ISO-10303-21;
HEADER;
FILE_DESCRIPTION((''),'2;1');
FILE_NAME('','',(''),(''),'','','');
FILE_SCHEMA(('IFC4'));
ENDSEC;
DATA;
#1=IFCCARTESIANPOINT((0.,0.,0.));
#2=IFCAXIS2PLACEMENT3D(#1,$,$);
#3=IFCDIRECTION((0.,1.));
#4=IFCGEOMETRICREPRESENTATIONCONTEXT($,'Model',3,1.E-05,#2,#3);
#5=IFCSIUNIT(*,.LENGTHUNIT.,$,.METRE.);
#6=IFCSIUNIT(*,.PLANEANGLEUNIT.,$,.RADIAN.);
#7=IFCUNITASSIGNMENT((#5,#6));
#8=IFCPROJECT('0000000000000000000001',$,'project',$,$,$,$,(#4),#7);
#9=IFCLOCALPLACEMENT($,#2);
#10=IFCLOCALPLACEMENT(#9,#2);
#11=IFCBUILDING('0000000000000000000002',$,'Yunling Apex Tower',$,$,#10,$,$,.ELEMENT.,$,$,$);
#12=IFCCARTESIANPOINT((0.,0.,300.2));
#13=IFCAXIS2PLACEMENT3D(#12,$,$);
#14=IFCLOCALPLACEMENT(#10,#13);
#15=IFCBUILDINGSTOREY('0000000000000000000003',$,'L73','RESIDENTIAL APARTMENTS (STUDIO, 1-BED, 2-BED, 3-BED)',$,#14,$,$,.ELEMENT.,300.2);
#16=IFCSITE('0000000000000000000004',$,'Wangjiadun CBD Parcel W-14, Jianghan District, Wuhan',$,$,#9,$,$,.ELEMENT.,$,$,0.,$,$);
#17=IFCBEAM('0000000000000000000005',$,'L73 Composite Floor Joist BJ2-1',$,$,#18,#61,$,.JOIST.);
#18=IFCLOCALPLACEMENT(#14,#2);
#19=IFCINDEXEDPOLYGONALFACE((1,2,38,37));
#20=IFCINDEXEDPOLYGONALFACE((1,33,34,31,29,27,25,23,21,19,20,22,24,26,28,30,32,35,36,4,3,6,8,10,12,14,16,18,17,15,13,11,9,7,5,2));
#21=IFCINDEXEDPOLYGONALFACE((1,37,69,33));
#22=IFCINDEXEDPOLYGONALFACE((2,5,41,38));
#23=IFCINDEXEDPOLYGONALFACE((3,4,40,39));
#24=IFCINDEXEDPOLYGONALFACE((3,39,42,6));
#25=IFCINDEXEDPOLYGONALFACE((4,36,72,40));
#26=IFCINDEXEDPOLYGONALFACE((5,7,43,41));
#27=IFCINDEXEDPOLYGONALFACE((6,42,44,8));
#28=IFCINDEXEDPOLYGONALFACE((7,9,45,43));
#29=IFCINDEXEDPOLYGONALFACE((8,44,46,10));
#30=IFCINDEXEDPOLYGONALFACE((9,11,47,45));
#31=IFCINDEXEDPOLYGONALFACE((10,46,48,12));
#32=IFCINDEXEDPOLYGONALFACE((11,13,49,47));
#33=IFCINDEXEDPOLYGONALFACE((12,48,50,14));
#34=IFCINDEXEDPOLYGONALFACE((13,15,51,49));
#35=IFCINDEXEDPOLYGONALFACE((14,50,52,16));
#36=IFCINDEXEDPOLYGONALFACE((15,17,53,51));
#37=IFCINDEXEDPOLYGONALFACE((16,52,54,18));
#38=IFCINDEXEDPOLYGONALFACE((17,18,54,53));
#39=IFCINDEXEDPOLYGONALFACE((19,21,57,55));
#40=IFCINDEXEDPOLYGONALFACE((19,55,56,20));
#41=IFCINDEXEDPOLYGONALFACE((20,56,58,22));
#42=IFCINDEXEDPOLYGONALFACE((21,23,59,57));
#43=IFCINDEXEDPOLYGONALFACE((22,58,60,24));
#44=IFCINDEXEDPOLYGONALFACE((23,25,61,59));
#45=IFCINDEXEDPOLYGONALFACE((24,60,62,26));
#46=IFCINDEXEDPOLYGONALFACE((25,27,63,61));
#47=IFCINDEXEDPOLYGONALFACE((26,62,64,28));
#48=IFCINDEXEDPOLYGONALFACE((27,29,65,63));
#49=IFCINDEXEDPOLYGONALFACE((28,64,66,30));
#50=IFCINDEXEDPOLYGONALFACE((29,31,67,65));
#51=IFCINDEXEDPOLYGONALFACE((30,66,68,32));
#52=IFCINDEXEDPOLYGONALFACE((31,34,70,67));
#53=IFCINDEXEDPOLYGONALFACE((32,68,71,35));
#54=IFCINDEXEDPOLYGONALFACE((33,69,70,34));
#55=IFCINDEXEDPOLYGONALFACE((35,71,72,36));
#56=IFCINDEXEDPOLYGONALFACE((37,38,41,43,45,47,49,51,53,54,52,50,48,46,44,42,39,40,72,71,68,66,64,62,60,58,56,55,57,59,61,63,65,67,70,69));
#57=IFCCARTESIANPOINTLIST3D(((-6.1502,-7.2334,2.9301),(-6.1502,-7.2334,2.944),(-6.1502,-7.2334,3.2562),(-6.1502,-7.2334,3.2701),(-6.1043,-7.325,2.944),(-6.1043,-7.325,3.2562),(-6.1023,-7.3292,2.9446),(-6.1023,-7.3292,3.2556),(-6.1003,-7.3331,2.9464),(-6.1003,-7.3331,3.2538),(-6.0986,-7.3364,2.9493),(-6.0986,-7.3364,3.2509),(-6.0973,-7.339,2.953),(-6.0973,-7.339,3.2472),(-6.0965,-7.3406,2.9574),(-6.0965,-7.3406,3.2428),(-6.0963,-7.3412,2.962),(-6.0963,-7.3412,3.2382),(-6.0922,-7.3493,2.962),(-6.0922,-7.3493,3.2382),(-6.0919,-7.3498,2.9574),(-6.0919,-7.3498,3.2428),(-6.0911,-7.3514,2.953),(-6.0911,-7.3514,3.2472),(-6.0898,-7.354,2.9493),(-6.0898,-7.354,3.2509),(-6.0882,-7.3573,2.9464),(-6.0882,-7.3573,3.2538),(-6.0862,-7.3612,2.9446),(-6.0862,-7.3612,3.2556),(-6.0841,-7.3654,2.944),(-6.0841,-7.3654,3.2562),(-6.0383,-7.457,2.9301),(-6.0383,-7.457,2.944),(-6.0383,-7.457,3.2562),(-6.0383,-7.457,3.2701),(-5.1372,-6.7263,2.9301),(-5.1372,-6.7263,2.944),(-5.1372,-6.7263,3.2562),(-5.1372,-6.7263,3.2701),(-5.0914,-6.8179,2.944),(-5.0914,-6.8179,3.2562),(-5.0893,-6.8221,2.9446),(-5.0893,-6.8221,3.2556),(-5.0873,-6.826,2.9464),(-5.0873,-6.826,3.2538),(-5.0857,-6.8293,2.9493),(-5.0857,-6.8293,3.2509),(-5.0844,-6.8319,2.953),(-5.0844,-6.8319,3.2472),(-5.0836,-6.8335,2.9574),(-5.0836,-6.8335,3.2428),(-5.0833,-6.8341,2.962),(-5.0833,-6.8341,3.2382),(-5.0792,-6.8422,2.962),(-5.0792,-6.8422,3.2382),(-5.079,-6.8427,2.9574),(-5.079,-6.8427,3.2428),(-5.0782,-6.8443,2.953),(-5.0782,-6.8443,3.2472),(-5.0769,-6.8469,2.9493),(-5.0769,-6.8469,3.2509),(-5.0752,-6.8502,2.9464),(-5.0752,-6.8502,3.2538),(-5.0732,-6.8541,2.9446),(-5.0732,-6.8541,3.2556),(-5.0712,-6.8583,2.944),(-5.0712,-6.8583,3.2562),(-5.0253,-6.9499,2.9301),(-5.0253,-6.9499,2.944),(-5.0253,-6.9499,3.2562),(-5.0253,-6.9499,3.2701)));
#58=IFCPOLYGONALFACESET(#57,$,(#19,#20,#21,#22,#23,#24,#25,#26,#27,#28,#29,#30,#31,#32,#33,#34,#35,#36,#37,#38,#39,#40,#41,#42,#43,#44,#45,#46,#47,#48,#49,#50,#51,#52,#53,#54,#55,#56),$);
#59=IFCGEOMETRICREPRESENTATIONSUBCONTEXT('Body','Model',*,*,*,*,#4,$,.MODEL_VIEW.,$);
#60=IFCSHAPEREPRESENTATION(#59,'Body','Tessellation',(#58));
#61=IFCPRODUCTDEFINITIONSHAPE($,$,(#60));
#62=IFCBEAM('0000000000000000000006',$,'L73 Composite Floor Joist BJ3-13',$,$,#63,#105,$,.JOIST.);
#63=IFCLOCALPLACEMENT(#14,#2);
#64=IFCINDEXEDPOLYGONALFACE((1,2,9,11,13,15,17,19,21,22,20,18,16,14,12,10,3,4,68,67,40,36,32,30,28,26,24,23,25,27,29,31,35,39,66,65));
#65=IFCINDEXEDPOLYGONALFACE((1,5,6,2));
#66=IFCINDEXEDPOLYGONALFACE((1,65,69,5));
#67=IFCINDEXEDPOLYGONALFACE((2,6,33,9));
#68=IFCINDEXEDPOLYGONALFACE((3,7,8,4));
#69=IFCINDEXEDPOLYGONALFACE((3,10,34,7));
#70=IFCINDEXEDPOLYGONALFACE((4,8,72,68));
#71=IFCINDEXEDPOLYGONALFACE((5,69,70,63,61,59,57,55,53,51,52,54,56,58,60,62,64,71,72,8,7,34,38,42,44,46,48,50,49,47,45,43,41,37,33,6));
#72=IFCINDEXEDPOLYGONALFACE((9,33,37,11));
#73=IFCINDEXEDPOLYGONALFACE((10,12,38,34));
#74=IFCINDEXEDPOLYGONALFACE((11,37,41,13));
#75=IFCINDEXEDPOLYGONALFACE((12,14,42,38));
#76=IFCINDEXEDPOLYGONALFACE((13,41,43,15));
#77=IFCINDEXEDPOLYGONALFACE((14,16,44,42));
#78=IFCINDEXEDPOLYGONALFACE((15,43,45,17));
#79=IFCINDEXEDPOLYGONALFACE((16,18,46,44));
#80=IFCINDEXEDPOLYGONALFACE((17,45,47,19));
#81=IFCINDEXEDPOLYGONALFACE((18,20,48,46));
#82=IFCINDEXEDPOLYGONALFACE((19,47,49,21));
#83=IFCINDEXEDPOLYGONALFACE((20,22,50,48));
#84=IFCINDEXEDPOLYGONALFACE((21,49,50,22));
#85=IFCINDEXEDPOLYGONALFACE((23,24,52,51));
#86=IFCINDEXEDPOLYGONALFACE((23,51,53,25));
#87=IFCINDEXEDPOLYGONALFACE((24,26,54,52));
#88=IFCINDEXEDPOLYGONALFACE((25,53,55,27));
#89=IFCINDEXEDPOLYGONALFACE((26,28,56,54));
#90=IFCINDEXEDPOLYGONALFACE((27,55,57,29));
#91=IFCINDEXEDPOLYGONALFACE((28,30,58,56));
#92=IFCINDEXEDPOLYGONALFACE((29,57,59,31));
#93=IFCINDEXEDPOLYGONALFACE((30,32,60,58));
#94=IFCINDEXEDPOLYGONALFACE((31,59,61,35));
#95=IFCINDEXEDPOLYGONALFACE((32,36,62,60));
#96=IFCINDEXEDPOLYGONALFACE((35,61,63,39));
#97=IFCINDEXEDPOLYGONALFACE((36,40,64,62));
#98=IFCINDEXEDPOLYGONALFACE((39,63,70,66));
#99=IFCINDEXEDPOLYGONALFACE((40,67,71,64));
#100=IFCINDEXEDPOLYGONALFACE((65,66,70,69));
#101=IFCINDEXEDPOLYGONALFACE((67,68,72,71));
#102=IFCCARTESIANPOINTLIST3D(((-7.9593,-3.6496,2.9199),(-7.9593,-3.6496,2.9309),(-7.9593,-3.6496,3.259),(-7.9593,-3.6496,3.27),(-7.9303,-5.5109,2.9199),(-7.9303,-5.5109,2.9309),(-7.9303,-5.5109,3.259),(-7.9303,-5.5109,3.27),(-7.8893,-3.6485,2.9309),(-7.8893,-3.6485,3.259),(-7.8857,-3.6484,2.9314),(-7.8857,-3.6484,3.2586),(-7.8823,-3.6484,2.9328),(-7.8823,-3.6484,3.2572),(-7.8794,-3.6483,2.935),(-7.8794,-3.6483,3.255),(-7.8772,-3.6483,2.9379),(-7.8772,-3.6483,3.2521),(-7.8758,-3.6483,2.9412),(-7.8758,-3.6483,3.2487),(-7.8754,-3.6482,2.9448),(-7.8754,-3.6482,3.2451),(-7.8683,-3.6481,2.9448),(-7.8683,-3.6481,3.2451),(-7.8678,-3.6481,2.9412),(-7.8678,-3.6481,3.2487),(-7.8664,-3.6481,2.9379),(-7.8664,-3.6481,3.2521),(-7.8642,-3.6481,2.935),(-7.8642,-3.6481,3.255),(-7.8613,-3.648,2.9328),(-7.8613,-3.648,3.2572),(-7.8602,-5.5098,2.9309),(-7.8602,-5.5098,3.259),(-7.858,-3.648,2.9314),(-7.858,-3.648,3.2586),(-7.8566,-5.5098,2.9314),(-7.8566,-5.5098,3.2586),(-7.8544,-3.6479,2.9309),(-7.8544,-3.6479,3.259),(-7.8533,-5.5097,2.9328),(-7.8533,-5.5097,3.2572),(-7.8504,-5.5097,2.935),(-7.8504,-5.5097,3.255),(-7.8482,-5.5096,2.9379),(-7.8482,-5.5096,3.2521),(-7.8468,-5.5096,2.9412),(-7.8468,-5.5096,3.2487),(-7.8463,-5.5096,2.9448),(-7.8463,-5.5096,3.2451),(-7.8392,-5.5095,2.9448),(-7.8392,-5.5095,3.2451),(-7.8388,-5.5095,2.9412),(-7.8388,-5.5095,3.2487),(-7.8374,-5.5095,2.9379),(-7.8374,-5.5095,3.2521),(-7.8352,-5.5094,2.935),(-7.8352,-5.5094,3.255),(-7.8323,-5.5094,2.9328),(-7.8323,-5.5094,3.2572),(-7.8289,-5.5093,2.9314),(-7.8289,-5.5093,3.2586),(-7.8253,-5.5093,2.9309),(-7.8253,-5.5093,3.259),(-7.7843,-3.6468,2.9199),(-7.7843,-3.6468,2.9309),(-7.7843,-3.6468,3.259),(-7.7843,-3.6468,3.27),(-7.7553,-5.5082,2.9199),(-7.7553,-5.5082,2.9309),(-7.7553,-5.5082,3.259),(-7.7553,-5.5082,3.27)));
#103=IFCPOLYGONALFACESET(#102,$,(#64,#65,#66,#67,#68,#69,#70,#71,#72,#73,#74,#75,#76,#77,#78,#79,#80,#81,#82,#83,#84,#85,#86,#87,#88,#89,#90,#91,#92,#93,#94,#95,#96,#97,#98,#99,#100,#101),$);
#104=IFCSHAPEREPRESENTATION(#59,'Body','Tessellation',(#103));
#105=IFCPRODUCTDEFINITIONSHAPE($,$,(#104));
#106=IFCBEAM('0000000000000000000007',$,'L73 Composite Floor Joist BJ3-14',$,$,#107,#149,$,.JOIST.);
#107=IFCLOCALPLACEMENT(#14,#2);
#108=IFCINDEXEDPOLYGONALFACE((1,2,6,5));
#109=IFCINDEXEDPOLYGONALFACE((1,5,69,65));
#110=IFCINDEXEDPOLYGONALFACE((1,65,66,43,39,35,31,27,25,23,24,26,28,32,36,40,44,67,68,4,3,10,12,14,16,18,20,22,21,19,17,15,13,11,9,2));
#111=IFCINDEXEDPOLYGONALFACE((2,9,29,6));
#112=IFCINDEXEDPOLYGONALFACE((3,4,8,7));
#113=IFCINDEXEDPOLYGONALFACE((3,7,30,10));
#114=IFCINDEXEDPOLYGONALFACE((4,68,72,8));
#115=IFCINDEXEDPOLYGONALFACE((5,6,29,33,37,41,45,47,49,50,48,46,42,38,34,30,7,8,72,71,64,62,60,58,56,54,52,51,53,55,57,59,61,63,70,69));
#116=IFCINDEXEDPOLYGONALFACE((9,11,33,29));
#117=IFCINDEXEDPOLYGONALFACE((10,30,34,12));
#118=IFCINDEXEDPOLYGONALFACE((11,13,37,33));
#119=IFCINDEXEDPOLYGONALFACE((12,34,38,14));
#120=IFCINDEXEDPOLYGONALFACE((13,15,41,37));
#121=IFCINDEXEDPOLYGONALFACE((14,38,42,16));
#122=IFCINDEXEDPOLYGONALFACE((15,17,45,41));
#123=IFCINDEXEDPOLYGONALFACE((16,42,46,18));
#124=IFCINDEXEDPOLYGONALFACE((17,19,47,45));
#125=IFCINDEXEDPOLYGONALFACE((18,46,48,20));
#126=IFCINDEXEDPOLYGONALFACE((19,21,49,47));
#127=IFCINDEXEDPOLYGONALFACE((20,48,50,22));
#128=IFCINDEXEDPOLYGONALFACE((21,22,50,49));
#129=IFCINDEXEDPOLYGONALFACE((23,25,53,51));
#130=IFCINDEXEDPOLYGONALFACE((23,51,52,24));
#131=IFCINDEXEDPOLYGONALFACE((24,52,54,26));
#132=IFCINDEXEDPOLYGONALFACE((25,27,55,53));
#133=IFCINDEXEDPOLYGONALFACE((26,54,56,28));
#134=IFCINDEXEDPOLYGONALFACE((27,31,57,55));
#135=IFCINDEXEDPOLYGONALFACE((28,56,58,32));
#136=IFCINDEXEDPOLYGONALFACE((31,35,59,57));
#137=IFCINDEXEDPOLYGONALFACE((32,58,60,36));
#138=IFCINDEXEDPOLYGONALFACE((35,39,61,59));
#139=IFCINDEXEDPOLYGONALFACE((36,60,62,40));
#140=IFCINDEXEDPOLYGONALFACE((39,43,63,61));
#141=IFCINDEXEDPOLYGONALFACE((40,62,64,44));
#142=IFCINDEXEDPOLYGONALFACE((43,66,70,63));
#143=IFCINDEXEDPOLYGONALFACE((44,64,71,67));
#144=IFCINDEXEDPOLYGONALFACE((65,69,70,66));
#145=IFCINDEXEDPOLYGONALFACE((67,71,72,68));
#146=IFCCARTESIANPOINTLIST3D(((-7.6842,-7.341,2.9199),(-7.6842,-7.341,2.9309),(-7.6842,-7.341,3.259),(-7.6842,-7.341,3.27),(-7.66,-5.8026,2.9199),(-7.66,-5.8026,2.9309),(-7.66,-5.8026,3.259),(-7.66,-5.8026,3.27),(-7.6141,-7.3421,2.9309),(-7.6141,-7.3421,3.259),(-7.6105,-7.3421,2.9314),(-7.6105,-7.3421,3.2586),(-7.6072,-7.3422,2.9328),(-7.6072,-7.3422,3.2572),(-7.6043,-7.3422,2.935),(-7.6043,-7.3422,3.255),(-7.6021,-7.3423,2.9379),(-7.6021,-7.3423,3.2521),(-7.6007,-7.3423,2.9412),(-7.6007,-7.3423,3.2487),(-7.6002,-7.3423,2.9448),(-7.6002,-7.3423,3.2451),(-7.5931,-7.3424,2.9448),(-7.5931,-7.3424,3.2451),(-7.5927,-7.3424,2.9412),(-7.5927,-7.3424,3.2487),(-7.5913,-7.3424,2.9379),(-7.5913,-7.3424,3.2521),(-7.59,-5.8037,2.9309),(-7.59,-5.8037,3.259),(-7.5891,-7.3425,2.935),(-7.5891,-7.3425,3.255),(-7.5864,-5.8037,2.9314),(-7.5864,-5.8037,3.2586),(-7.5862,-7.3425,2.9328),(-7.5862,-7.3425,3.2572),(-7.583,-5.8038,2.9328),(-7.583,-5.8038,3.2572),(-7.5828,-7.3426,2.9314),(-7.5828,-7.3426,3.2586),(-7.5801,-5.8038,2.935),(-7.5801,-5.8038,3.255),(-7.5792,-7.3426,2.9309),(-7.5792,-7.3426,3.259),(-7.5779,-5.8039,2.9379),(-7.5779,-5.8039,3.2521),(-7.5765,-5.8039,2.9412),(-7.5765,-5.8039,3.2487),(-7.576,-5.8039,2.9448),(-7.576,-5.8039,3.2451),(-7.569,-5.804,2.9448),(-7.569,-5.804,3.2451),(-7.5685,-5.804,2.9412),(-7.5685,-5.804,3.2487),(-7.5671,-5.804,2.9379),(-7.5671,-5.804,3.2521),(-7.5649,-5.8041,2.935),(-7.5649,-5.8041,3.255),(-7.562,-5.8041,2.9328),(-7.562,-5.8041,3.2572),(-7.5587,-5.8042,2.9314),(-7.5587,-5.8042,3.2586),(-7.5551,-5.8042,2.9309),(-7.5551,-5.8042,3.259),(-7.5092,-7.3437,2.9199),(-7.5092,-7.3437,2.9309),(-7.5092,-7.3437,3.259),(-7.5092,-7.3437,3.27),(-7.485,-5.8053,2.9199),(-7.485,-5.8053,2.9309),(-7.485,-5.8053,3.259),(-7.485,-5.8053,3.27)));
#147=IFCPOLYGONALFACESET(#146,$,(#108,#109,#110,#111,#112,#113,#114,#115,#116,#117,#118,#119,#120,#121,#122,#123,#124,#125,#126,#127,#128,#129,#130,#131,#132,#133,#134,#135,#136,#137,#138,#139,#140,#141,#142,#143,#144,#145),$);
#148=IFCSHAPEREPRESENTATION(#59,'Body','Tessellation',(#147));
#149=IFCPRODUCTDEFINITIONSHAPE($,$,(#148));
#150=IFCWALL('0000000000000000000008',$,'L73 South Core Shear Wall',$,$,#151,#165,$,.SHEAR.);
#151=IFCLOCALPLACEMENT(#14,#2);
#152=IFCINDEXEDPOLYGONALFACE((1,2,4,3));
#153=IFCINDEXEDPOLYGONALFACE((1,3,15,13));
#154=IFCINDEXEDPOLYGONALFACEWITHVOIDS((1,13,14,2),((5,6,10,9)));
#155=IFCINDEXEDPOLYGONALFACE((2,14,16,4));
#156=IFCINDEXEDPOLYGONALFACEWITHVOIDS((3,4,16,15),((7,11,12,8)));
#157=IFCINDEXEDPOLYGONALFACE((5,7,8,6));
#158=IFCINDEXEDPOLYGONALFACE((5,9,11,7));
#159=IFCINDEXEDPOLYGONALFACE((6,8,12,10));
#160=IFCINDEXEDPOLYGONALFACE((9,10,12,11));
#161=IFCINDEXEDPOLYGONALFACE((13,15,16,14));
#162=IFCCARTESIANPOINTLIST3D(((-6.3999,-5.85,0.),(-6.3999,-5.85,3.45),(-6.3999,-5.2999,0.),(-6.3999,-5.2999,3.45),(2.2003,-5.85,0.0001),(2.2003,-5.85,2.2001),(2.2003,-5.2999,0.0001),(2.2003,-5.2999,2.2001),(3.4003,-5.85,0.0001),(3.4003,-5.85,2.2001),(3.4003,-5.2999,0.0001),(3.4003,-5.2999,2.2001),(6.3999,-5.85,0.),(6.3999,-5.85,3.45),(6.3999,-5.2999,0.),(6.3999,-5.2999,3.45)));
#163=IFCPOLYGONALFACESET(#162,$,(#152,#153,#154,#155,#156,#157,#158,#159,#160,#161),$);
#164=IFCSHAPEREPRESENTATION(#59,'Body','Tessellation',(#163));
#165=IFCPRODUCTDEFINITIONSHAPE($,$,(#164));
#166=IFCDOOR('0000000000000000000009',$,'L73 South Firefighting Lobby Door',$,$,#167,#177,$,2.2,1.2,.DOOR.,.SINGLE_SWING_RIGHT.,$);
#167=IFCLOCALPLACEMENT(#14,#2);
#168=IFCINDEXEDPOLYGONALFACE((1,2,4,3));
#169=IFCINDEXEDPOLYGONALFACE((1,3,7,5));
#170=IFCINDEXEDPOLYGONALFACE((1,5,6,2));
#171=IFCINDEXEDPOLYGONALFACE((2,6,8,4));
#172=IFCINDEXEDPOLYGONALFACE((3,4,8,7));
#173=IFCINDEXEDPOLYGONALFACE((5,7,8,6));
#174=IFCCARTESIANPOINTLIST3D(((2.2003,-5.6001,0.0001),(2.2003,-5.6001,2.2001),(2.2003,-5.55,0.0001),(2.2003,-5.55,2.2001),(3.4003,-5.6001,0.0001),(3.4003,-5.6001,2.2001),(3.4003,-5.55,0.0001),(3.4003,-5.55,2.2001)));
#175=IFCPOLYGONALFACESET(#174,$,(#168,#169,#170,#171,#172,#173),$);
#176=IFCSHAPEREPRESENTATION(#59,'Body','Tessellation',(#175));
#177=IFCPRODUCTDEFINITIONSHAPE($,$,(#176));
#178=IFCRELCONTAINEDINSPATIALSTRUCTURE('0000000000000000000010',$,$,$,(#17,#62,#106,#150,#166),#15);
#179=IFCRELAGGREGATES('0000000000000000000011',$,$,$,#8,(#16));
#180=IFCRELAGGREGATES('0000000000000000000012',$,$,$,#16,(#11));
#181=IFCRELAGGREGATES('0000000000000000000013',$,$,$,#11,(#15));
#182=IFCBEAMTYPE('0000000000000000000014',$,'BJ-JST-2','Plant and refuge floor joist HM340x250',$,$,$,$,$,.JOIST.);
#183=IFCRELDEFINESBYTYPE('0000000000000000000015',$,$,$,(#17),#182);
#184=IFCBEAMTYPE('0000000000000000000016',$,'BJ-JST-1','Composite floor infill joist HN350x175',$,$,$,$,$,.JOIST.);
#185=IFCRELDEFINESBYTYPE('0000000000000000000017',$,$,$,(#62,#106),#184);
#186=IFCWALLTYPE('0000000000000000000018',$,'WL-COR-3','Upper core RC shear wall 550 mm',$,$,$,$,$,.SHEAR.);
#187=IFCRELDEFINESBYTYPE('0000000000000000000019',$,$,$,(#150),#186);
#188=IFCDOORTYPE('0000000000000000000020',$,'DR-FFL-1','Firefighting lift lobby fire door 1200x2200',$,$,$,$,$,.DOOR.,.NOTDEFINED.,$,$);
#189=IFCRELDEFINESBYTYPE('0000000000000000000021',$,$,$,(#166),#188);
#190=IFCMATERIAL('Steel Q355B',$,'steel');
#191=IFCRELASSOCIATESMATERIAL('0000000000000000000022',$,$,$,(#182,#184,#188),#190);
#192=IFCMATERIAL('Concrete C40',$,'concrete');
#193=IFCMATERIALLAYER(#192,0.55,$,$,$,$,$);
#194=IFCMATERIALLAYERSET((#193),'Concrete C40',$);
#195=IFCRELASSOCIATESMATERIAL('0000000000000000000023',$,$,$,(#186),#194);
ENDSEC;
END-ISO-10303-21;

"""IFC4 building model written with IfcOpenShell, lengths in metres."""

from ifc_helpers import new_model, si_unit, direction, frame, frame_2d, origin, origin_2d, place, context, subcontext, project, spatial, rectangle, i_section, extrude, source, transform, mapped, material, layer, layer_set, material_profile, profile_set, type_object, element, fill, save


model = new_model("IFC4")

# Units and contexts
model_context = context("Model", 3, precision=1e-05, world=origin(), true_north=direction((0.0, 1.0)))
body_context = subcontext(model_context, "Body", "Model", "MODEL_VIEW")
ifc_project = project(units=[si_unit("LENGTHUNIT", "METRE"), si_unit("PLANEANGLEUNIT", "RADIAN")], contexts=[model_context])

# Site, building, storey
site_placement = place(None, origin())
site = spatial("IfcSite", under=ifc_project, at=site_placement, Name="Wangjiadun CBD Parcel W-14, Jianghan District, Wuhan", CompositionType="ELEMENT", RefElevation=0.0)
building_placement = place(site_placement, origin())
building = spatial("IfcBuilding", under=site, at=building_placement, Name="Yunling Apex Tower", CompositionType="ELEMENT")
storey_placement = place(building_placement, frame((0.0, 0.0, 300.2)))
storey = spatial("IfcBuildingStorey", under=building, at=storey_placement, Name="L73", Description="RESIDENTIAL APARTMENTS (STUDIO, 1-BED, 2-BED, 3-BED)", CompositionType="ELEMENT", Elevation=300.2)

# Beams
ifc_material_1 = material(Name="Steel Q355B", Category="steel")
ifc_material_2 = material(Name="Concrete C40", Category="concrete")
ifc_material_profile_1 = material_profile(ifc_material_1, i_section(OverallWidth=0.25, OverallDepth=0.3401, WebThickness=0.009, FlangeThickness=0.0139, FilletRadius=0.0181, at=origin_2d()))
ifc_profile_set_1 = profile_set([ifc_material_profile_1], Name="Steel Q355B")
beam_type_1 = type_object("IfcBeamType", Name="BJ-JST-2", Description="Plant and refuge floor joist HM340x250", PredefinedType="JOIST", material=ifc_profile_set_1)
shared_shape_1 = source(origin(), body_context, "Body", "SweptSolid", [
    extrude(i_section(OverallWidth=0.25, OverallDepth=0.3401, WebThickness=0.009, FlangeThickness=0.0139, FilletRadius=0.0181, at=origin_2d()), origin(), (0.0, 0.0, 1.0), 1.1328),
])
beam_1_placement = place(storey_placement, frame((-6.0942, -7.3452, 3.1001), z_axis=(0.894212, 0.447645, 0.0), x_axis=(-0.447645, 0.894212, 0.0)))
element("IfcBeam", 1, at=beam_1_placement, inside=storey, type_object=beam_type_1, Name="L73 Composite Floor Joist BJ2-1", PredefinedType="JOIST", context=body_context, shape_type="MappedRepresentation", body=[
    mapped(shared_shape_1, transform((0.0, 0.0, 0.0), scale=1.0)),
])
ifc_material_profile_2 = material_profile(ifc_material_1, i_section(OverallWidth=0.175, OverallDepth=0.3501, WebThickness=0.0071, FlangeThickness=0.011, FilletRadius=0.0139, at=origin_2d()))
ifc_profile_set_2 = profile_set([ifc_material_profile_2], Name="Steel Q355B")
beam_type_2 = type_object("IfcBeamType", Name="BJ-JST-1", Description="Composite floor infill joist HN350x175", PredefinedType="JOIST", material=ifc_profile_set_2)
shared_shape_2 = source(origin(), body_context, "Body", "SweptSolid", [
    extrude(i_section(OverallWidth=0.175, OverallDepth=0.3501, WebThickness=0.0071, FlangeThickness=0.011, FilletRadius=0.0139, at=origin_2d()), origin(), (0.0, 0.0, 1.0), 1.8616),
])
beam_2_placement = place(storey_placement, frame((-7.8718, -3.6482, 3.095), z_axis=(0.015607, -0.999878, 0.0), x_axis=(0.999878, 0.015607, 0.0)))
element("IfcBeam", 2, at=beam_2_placement, inside=storey, type_object=beam_type_2, Name="L73 Composite Floor Joist BJ3-13", PredefinedType="JOIST", context=body_context, shape_type="MappedRepresentation", body=[
    mapped(shared_shape_2, transform((0.0, 0.0, 0.0), scale=1.0)),
])
shared_shape_3 = source(origin(), body_context, "Body", "SweptSolid", [
    extrude(i_section(OverallWidth=0.175, OverallDepth=0.3501, WebThickness=0.0071, FlangeThickness=0.011, FilletRadius=0.0139, at=origin_2d()), origin(), (0.0, 0.0, 1.0), 1.5386),
])
beam_3_placement = place(storey_placement, frame((-7.5725, -5.804, 3.095), z_axis=(-0.01571, -0.999877, 0.0), x_axis=(0.999877, -0.01571, 0.0)))
element("IfcBeam", 3, at=beam_3_placement, inside=storey, type_object=beam_type_2, Name="L73 Composite Floor Joist BJ3-14", PredefinedType="JOIST", context=body_context, shape_type="MappedRepresentation", body=[
    mapped(shared_shape_3, transform((0.0, 0.0, 0.0), scale=1.0)),
])

# Wall, opening, door
ifc_layer_1 = layer(ifc_material_2, 0.55)
ifc_layer_set_1 = layer_set([ifc_layer_1], Name="Concrete C40")
wall_type_1 = type_object("IfcWallType", Name="WL-COR-3", Description="Upper core RC shear wall 550 mm", PredefinedType="SHEAR", material=ifc_layer_set_1)
wall_1_placement = place(storey_placement, frame((-6.3999, -5.575, 0.0), z_axis=(0.0, 0.0, 1.0), x_axis=(1.0, 0.0, 0.0)))
wall_1 = element("IfcWall", 4, at=wall_1_placement, inside=storey, type_object=wall_type_1, Name="L73 South Core Shear Wall", PredefinedType="SHEAR", context=body_context, shape_type="SweptSolid", body=[
    extrude(rectangle(XDim=12.7998, YDim=0.55, at=frame_2d((6.3999, 0.0))), origin(), (0.0, 0.0, 1.0), 3.45),
])
opening_1_placement = place(wall_1_placement, frame((8.6001, 0.0, 0.0)))
opening_1 = element("IfcOpeningElement", 5, at=opening_1_placement, cuts=wall_1, PredefinedType="OPENING", context=body_context, shape_type="SweptSolid", body=[
    extrude(rectangle(XDim=1.2, YDim=2.2, at=frame_2d((0.6001, 1.1001))), frame((0.0, 0.2852, 0.0), z_axis=(0.0, -1.0, 0.0), x_axis=(1.0, 0.0, 0.0)), (0.0, 0.0, 1.0), 0.5701),
])
door_type_1 = type_object("IfcDoorType", Name="DR-FFL-1", Description="Firefighting lift lobby fire door 1200x2200", OperationType="NOTDEFINED", PredefinedType="DOOR", material=ifc_material_1)
door_1_placement = place(opening_1_placement, origin())
door_1 = element("IfcDoor", 6, at=door_1_placement, inside=storey, type_object=door_type_1, Name="L73 South Firefighting Lobby Door", OperationType="SINGLE_SWING_RIGHT", OverallHeight=2.2, OverallWidth=1.2, PredefinedType="DOOR", context=body_context, shape_type="SweptSolid", body=[
    extrude(rectangle(XDim=1.2, YDim=2.2, at=frame_2d((0.6001, 1.1001))), frame((0.0, 0.0249, 0.0), z_axis=(0.0, -1.0, 0.0), x_axis=(1.0, 0.0, 0.0)), (0.0, 0.0, 1.0), 0.05),
])
fill(opening_1, door_1)

save(model, "model.ifc")
